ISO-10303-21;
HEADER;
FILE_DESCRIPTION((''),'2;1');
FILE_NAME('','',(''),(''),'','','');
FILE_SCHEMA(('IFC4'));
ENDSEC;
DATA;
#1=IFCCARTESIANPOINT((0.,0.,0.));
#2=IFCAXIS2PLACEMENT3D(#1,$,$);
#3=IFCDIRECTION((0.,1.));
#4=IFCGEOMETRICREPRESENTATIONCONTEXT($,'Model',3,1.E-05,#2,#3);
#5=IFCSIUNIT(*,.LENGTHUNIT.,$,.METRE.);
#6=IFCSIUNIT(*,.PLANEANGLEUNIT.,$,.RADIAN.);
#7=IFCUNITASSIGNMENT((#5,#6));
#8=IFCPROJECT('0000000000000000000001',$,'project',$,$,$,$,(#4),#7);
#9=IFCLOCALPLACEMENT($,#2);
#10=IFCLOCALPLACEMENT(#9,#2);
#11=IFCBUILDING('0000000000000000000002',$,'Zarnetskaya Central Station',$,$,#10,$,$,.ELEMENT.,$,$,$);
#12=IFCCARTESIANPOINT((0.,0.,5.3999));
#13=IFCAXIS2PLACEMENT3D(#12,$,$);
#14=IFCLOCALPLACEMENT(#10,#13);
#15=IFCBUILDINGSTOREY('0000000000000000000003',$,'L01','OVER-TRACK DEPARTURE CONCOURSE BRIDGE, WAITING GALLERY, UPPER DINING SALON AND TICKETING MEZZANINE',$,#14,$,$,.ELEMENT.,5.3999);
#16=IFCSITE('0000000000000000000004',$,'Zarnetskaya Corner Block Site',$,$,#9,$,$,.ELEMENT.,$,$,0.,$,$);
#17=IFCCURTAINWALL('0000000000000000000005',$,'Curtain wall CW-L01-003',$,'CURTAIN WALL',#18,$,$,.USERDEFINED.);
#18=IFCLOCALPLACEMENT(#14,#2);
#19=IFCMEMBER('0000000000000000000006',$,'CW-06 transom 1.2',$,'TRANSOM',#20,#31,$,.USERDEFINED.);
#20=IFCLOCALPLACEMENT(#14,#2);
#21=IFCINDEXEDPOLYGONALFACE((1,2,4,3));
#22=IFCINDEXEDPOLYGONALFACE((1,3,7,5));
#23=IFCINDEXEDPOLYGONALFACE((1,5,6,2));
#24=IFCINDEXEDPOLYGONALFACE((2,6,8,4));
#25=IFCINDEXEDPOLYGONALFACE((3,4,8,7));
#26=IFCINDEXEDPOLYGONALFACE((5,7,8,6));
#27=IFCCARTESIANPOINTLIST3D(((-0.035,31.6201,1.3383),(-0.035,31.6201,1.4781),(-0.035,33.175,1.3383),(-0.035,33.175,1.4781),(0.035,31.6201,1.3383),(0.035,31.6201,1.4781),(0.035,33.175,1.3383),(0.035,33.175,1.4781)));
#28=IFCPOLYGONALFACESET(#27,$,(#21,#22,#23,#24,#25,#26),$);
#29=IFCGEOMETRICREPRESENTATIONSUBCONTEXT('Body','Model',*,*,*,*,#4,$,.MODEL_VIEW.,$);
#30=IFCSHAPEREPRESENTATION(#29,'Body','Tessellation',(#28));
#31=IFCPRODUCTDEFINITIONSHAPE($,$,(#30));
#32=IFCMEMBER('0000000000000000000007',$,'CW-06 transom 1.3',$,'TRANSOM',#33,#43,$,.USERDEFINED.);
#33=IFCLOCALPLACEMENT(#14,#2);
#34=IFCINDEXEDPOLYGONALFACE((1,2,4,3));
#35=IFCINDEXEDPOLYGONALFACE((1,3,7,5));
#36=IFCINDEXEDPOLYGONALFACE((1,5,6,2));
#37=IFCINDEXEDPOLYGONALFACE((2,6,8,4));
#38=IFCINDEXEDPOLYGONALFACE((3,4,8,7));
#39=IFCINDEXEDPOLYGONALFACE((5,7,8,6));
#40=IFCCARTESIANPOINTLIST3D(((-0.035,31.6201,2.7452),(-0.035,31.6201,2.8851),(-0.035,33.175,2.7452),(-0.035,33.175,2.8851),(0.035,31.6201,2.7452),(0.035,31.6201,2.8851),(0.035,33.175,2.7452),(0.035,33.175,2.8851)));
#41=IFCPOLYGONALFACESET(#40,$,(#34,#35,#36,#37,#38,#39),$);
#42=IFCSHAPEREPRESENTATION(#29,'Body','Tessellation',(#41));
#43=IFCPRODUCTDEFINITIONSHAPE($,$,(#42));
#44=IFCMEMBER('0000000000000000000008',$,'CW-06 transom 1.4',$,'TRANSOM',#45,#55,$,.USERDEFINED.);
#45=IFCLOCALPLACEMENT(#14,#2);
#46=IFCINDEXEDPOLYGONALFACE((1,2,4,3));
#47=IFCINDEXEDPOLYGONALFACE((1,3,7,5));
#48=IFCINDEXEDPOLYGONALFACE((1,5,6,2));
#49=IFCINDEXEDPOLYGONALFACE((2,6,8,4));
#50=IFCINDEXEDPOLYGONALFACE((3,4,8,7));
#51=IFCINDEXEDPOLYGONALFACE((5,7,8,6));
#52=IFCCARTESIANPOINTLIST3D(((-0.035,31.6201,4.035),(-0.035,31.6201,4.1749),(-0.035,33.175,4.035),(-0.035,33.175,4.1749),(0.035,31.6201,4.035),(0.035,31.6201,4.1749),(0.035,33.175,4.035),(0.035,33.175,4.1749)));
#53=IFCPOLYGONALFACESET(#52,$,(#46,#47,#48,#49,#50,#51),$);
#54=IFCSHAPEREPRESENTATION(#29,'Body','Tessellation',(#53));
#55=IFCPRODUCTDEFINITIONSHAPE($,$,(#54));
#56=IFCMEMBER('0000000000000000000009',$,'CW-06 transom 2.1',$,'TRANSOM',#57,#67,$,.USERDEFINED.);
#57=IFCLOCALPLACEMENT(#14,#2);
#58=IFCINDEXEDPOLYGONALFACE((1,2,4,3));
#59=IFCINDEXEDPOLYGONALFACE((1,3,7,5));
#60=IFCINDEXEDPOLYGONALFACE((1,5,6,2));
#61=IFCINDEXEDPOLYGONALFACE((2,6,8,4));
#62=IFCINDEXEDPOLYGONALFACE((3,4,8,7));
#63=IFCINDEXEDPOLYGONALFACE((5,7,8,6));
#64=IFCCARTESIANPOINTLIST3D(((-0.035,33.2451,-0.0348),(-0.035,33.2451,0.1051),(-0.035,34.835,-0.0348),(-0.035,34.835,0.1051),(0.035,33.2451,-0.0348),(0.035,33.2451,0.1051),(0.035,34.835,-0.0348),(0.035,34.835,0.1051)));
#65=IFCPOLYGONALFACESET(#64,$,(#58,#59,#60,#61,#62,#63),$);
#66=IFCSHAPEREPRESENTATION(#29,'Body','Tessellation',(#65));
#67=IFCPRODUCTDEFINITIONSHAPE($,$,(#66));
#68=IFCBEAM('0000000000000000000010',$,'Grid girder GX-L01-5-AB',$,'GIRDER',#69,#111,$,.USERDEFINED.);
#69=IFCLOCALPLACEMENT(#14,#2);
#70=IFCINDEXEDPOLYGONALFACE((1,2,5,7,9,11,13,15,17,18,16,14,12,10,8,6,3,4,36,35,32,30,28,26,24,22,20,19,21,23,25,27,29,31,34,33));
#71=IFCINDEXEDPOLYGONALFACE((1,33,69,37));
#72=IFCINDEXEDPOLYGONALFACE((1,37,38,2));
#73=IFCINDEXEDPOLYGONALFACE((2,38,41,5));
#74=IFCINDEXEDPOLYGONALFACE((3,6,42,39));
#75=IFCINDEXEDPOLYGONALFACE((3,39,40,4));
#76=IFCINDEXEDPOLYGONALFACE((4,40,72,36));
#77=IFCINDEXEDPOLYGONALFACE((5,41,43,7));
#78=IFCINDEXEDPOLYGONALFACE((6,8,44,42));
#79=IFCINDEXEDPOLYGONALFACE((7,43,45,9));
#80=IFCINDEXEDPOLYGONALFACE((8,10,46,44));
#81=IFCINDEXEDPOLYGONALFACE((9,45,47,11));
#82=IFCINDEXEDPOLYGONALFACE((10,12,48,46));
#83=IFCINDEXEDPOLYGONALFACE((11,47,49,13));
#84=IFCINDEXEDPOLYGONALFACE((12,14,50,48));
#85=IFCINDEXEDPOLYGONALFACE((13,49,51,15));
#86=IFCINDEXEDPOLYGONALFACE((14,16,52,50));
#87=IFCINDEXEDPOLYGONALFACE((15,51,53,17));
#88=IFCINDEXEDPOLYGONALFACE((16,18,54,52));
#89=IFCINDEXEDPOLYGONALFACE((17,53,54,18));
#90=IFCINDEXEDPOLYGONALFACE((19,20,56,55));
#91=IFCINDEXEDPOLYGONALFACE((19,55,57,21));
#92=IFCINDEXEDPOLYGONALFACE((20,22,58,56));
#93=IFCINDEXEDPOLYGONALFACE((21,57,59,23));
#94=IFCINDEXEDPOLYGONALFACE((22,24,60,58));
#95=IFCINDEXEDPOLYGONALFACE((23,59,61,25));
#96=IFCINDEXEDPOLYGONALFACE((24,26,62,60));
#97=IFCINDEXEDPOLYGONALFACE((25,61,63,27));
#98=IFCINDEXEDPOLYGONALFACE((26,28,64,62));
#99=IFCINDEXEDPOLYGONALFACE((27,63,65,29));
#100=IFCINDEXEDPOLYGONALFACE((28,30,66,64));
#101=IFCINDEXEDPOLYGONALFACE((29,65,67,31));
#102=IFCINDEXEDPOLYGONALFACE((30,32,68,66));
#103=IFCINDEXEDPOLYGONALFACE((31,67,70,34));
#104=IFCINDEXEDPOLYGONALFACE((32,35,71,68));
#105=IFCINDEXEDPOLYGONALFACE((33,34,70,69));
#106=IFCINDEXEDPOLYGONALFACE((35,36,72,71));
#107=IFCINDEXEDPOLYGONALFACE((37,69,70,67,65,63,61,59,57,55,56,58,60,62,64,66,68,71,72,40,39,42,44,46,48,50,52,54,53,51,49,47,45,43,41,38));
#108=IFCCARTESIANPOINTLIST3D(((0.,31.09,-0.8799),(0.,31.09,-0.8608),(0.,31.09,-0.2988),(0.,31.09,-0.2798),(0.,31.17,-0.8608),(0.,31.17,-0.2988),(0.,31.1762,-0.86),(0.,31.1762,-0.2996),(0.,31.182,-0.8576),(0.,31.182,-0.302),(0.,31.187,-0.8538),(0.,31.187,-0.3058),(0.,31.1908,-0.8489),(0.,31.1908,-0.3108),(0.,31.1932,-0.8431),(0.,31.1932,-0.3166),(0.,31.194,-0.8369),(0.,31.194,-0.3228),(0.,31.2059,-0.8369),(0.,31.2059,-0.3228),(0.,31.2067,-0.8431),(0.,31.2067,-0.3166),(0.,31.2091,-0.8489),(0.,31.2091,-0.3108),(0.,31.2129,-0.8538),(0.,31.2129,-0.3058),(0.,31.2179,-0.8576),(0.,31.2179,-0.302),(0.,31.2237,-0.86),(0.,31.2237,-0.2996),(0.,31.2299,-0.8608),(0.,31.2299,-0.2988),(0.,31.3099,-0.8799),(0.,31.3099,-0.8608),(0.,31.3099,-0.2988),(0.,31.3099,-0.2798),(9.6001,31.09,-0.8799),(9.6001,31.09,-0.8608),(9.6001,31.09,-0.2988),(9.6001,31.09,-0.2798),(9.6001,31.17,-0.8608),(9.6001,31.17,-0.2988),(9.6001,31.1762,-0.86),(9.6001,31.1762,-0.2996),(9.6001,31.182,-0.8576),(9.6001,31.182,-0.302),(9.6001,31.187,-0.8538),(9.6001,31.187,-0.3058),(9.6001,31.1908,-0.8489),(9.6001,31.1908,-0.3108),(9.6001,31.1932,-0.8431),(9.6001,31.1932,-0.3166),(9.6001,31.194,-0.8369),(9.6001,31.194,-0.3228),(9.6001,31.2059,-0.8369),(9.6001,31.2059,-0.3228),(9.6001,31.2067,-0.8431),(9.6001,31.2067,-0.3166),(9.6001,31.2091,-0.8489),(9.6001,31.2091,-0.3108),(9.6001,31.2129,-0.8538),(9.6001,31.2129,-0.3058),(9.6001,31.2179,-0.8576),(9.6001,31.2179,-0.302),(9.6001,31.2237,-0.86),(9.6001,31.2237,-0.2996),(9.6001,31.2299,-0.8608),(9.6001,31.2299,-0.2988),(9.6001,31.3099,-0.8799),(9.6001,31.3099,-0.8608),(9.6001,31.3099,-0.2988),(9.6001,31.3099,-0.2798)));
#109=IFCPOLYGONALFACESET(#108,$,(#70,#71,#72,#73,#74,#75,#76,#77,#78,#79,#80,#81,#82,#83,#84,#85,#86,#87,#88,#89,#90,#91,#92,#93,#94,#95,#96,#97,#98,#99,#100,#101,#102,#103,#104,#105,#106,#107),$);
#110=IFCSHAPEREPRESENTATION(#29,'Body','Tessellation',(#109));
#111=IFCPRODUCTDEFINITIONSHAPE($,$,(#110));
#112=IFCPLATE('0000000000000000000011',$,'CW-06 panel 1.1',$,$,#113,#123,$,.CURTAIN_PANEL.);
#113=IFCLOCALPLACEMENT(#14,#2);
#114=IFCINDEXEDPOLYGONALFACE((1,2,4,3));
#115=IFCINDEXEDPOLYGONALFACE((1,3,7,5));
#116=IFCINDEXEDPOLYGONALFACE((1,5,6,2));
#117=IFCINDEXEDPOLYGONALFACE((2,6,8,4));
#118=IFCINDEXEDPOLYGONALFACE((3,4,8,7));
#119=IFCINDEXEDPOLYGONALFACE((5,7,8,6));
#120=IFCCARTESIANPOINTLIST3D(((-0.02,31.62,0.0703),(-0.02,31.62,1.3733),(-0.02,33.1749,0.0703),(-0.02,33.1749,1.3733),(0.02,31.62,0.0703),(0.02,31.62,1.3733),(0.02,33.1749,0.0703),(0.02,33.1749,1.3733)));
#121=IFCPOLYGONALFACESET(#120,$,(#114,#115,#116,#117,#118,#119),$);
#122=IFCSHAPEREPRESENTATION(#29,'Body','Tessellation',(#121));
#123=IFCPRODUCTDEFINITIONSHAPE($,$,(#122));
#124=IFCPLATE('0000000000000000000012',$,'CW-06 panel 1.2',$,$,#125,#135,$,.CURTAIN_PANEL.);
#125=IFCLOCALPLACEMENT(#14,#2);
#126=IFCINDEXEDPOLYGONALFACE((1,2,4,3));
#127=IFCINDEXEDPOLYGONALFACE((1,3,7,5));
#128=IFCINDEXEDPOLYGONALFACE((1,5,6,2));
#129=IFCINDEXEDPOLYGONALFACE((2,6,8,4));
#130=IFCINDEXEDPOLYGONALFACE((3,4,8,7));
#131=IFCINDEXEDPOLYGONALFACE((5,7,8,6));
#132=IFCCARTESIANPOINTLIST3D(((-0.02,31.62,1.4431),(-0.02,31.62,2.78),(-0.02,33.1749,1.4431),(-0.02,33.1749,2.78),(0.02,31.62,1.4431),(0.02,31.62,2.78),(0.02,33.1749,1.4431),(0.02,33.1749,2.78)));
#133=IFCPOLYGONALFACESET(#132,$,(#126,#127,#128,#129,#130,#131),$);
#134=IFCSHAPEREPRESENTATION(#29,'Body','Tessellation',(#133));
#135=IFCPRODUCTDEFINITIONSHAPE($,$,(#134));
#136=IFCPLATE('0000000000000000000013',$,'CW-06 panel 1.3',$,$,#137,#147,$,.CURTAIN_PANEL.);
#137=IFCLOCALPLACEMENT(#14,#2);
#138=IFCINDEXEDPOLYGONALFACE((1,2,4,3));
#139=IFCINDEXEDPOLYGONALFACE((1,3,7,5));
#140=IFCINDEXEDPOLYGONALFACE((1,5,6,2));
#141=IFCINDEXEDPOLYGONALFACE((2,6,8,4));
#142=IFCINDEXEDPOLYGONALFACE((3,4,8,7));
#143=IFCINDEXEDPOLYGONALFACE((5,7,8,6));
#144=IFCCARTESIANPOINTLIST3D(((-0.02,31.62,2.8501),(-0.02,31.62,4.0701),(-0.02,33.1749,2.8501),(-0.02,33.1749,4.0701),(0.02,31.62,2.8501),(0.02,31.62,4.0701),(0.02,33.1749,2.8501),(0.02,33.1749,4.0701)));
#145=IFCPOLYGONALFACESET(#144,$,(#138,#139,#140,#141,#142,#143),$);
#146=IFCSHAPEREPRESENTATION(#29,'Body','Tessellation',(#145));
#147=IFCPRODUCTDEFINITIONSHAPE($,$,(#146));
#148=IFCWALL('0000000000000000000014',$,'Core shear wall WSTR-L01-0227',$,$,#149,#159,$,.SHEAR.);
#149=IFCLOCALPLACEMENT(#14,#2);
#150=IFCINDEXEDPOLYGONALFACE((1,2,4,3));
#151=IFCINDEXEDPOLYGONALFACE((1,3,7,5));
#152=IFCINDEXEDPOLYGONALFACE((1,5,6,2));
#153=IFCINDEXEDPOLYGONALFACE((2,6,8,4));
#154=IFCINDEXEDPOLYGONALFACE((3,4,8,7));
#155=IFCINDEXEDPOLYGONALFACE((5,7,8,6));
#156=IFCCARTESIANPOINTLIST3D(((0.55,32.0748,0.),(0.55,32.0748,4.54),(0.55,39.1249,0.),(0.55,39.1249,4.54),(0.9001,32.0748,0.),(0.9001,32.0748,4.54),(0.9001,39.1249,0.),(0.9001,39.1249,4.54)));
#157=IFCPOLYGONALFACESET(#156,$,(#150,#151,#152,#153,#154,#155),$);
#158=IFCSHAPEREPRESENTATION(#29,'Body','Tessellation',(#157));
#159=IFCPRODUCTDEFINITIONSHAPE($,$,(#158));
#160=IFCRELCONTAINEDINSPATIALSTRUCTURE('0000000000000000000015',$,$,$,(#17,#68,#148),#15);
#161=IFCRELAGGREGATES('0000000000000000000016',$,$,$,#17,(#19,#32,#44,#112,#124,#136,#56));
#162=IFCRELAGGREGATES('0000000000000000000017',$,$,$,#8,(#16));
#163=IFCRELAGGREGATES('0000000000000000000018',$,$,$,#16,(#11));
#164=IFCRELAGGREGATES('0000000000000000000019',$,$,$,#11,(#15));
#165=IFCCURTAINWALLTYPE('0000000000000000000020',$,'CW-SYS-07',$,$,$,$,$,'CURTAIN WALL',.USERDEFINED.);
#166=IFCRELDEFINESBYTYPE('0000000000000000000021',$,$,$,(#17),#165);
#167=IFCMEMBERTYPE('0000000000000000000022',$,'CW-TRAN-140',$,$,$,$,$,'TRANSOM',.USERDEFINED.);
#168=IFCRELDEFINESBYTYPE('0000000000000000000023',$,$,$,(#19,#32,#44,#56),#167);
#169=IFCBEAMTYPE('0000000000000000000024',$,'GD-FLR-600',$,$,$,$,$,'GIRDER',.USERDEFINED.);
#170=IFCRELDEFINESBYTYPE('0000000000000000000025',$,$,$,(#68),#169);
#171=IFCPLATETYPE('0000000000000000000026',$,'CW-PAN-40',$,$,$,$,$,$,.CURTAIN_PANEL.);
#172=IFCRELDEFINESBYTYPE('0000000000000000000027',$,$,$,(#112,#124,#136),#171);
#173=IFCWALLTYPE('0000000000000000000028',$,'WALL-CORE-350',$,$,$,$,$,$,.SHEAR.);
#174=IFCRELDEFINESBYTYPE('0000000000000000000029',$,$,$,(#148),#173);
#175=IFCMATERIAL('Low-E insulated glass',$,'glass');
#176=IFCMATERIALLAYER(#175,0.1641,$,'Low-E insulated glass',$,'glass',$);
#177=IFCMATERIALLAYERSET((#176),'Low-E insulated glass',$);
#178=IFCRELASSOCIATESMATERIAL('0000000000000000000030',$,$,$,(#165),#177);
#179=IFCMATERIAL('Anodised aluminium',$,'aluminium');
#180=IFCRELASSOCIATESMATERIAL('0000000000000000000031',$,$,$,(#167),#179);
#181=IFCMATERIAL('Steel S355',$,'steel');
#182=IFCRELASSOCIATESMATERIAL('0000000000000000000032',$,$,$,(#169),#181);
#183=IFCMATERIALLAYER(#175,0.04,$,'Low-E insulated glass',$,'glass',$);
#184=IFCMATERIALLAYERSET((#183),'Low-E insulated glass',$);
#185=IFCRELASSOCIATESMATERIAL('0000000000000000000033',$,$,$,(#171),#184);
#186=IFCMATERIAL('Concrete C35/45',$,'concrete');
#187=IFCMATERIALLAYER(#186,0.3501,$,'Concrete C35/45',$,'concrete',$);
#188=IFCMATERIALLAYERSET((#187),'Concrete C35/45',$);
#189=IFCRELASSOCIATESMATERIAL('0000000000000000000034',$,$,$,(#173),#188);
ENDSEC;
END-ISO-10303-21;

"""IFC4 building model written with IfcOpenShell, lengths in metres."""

from ifc_helpers import new_model, si_unit, direction, frame, frame_2d, origin, origin_2d, place, context, subcontext, project, spatial, rectangle, i_section, extrude, material, layer, layer_set, material_profile, profile_set, type_object, element, aggregate, save


model = new_model("IFC4")

# Units and contexts
model_context = context("Model", 3, precision=1e-05, world=origin(), true_north=direction((0.0, 1.0)))
body_context = subcontext(model_context, "Body", "Model", "MODEL_VIEW")
ifc_project = project(units=[si_unit("LENGTHUNIT", "METRE"), si_unit("PLANEANGLEUNIT", "RADIAN")], contexts=[model_context])

# Site, building, storey
site_placement = place(None, origin())
site = spatial("IfcSite", under=ifc_project, at=site_placement, Name="Zarnetskaya Corner Block Site", CompositionType="ELEMENT", RefElevation=0.0)
building_placement = place(site_placement, origin())
building = spatial("IfcBuilding", under=site, at=building_placement, Name="Zarnetskaya Central Station", CompositionType="ELEMENT")
storey_placement = place(building_placement, frame((0.0, 0.0, 5.3999)))
storey = spatial("IfcBuildingStorey", under=building, at=storey_placement, Name="L01", Description="OVER-TRACK DEPARTURE CONCOURSE BRIDGE, WAITING GALLERY, UPPER DINING SALON AND TICKETING MEZZANINE", CompositionType="ELEMENT", Elevation=5.3999)

# Shared definitions
ifc_material_1 = material(Name="Steel S355", Category="steel")

# Curtain wall, members
ifc_material_2 = material(Name="Low-E insulated glass", Category="glass")
ifc_layer_1 = layer(ifc_material_2, 0.1641, Name="Low-E insulated glass", Category="glass")
ifc_layer_set_1 = layer_set([ifc_layer_1], Name="Low-E insulated glass")
curtain_wall_type = type_object("IfcCurtainWallType", Name="CW-SYS-07", ElementType="CURTAIN WALL", PredefinedType="USERDEFINED", material=ifc_layer_set_1)
curtain_wall_placement = place(storey_placement, origin())
curtain_wall = element("IfcCurtainWall", 1, at=curtain_wall_placement, inside=storey, type_object=curtain_wall_type, Name="Curtain wall CW-L01-003", ObjectType="CURTAIN WALL", PredefinedType="USERDEFINED")
ifc_material_3 = material(Name="Anodised aluminium", Category="aluminium")
ifc_material_profile_1 = material_profile(ifc_material_3, rectangle(XDim=0.0701, YDim=0.1399, at=origin_2d()), Name="ALU TRAN 70x140")
ifc_profile_set_1 = profile_set([ifc_material_profile_1], Name="Anodised aluminium")
member_type_1 = type_object("IfcMemberType", Name="CW-TRAN-140", ElementType="TRANSOM", PredefinedType="USERDEFINED", material=ifc_profile_set_1)
member_1_placement = place(storey_placement, frame((0.0, 31.6201, 1.4082), z_axis=(0.0, 1.0, 0.0), x_axis=(-1.0, 0.0, 0.0)))
member_1 = element("IfcMember", 2, at=member_1_placement, type_object=member_type_1, Name="CW-06 transom 1.2", ObjectType="TRANSOM", PredefinedType="USERDEFINED", context=body_context, shape_type="SweptSolid", body=[
    extrude(rectangle(XDim=0.0701, YDim=0.1399, at=origin_2d()), origin(), (0.0, 0.0, 1.0), 1.5549),
])
member_2_placement = place(storey_placement, frame((0.0, 31.6201, 2.8152), z_axis=(0.0, 1.0, 0.0), x_axis=(-1.0, 0.0, 0.0)))
member_2 = element("IfcMember", 3, at=member_2_placement, type_object=member_type_1, Name="CW-06 transom 1.3", ObjectType="TRANSOM", PredefinedType="USERDEFINED", context=body_context, shape_type="SweptSolid", body=[
    extrude(rectangle(XDim=0.0701, YDim=0.1399, at=origin_2d()), origin(), (0.0, 0.0, 1.0), 1.5549),
])
member_3_placement = place(storey_placement, frame((0.0, 31.6201, 4.105), z_axis=(0.0, 1.0, 0.0), x_axis=(-1.0, 0.0, 0.0)))
member_3 = element("IfcMember", 4, at=member_3_placement, type_object=member_type_1, Name="CW-06 transom 1.4", ObjectType="TRANSOM", PredefinedType="USERDEFINED", context=body_context, shape_type="SweptSolid", body=[
    extrude(rectangle(XDim=0.0701, YDim=0.1399, at=origin_2d()), origin(), (0.0, 0.0, 1.0), 1.5549),
])
member_4_placement = place(storey_placement, frame((0.0, 33.2451, 0.0352), z_axis=(0.0, 1.0, 0.0), x_axis=(-1.0, 0.0, 0.0)))
member_4 = element("IfcMember", 5, at=member_4_placement, type_object=member_type_1, Name="CW-06 transom 2.1", ObjectType="TRANSOM", PredefinedType="USERDEFINED", context=body_context, shape_type="SweptSolid", body=[
    extrude(rectangle(XDim=0.0701, YDim=0.1399, at=origin_2d()), origin(), (0.0, 0.0, 1.0), 1.5898),
])

# Beam
ifc_material_profile_2 = material_profile(ifc_material_1, i_section(OverallWidth=0.22, OverallDepth=0.6001, WebThickness=0.012, FlangeThickness=0.019, FilletRadius=0.0239, at=origin_2d()), Name="IPE 600")
ifc_profile_set_2 = profile_set([ifc_material_profile_2], Name="Steel S355")
beam_type_1 = type_object("IfcBeamType", Name="GD-FLR-600", ElementType="GIRDER", PredefinedType="USERDEFINED", material=ifc_profile_set_2)
beam_1_placement = place(storey_placement, frame((0.0, 31.2, -0.5798), z_axis=(1.0, 0.0, 0.0), x_axis=(0.0, 1.0, 0.0)))
element("IfcBeam", 6, at=beam_1_placement, inside=storey, type_object=beam_type_1, Name="Grid girder GX-L01-5-AB", ObjectType="GIRDER", PredefinedType="USERDEFINED", context=body_context, shape_type="SweptSolid", body=[
    extrude(i_section(OverallWidth=0.22, OverallDepth=0.6001, WebThickness=0.012, FlangeThickness=0.019, FilletRadius=0.0239, at=origin_2d()), origin(), (0.0, 0.0, 1.0), 9.6001),
])

# Plates
ifc_layer_2 = layer(ifc_material_2, 0.04, Name="Low-E insulated glass", Category="glass")
ifc_layer_set_2 = layer_set([ifc_layer_2], Name="Low-E insulated glass")
plate_type = type_object("IfcPlateType", Name="CW-PAN-40", PredefinedType="CURTAIN_PANEL", material=ifc_layer_set_2)
plate_1_placement = place(storey_placement, frame((0.0, 32.3975, 0.0703), z_axis=(0.0, 0.0, 1.0), x_axis=(0.0, 1.0, 0.0)))
plate_1 = element("IfcPlate", 7, at=plate_1_placement, type_object=plate_type, Name="CW-06 panel 1.1", PredefinedType="CURTAIN_PANEL", context=body_context, shape_type="SweptSolid", body=[
    extrude(rectangle(XDim=1.5549, YDim=0.04, at=origin_2d()), origin(), (0.0, 0.0, 1.0), 1.303),
])
plate_2_placement = place(storey_placement, frame((0.0, 32.3975, 1.4431), z_axis=(0.0, 0.0, 1.0), x_axis=(0.0, 1.0, 0.0)))
plate_2 = element("IfcPlate", 8, at=plate_2_placement, type_object=plate_type, Name="CW-06 panel 1.2", PredefinedType="CURTAIN_PANEL", context=body_context, shape_type="SweptSolid", body=[
    extrude(rectangle(XDim=1.5549, YDim=0.04, at=origin_2d()), origin(), (0.0, 0.0, 1.0), 1.3369),
])
plate_3_placement = place(storey_placement, frame((0.0, 32.3975, 2.8501), z_axis=(0.0, 0.0, 1.0), x_axis=(0.0, 1.0, 0.0)))
plate_3 = element("IfcPlate", 9, at=plate_3_placement, type_object=plate_type, Name="CW-06 panel 1.3", PredefinedType="CURTAIN_PANEL", context=body_context, shape_type="SweptSolid", body=[
    extrude(rectangle(XDim=1.5549, YDim=0.04, at=origin_2d()), origin(), (0.0, 0.0, 1.0), 1.22),
])
aggregate(curtain_wall, [member_1, member_2, member_3, plate_1, plate_2, plate_3, member_4])

# Wall
ifc_material_4 = material(Name="Concrete C35/45", Category="concrete")
ifc_layer_3 = layer(ifc_material_4, 0.3501, Name="Concrete C35/45", Category="concrete")
ifc_layer_set_3 = layer_set([ifc_layer_3], Name="Concrete C35/45")
wall_type_1 = type_object("IfcWallType", Name="WALL-CORE-350", PredefinedType="SHEAR", material=ifc_layer_set_3)
wall_1_placement = place(storey_placement, frame((0.7251, 32.075, 0.0), z_axis=(0.0, 0.0, 1.0), x_axis=(0.0, 1.0, 0.0)))
element("IfcWall", 10, at=wall_1_placement, inside=storey, type_object=wall_type_1, Name="Core shear wall WSTR-L01-0227", PredefinedType="SHEAR", context=body_context, shape_type="SweptSolid", body=[
    extrude(rectangle(XDim=7.05, YDim=0.3501, at=frame_2d((3.5249, 0.0))), origin(), (0.0, 0.0, 1.0), 4.54),
])

save(model, "model.ifc")
